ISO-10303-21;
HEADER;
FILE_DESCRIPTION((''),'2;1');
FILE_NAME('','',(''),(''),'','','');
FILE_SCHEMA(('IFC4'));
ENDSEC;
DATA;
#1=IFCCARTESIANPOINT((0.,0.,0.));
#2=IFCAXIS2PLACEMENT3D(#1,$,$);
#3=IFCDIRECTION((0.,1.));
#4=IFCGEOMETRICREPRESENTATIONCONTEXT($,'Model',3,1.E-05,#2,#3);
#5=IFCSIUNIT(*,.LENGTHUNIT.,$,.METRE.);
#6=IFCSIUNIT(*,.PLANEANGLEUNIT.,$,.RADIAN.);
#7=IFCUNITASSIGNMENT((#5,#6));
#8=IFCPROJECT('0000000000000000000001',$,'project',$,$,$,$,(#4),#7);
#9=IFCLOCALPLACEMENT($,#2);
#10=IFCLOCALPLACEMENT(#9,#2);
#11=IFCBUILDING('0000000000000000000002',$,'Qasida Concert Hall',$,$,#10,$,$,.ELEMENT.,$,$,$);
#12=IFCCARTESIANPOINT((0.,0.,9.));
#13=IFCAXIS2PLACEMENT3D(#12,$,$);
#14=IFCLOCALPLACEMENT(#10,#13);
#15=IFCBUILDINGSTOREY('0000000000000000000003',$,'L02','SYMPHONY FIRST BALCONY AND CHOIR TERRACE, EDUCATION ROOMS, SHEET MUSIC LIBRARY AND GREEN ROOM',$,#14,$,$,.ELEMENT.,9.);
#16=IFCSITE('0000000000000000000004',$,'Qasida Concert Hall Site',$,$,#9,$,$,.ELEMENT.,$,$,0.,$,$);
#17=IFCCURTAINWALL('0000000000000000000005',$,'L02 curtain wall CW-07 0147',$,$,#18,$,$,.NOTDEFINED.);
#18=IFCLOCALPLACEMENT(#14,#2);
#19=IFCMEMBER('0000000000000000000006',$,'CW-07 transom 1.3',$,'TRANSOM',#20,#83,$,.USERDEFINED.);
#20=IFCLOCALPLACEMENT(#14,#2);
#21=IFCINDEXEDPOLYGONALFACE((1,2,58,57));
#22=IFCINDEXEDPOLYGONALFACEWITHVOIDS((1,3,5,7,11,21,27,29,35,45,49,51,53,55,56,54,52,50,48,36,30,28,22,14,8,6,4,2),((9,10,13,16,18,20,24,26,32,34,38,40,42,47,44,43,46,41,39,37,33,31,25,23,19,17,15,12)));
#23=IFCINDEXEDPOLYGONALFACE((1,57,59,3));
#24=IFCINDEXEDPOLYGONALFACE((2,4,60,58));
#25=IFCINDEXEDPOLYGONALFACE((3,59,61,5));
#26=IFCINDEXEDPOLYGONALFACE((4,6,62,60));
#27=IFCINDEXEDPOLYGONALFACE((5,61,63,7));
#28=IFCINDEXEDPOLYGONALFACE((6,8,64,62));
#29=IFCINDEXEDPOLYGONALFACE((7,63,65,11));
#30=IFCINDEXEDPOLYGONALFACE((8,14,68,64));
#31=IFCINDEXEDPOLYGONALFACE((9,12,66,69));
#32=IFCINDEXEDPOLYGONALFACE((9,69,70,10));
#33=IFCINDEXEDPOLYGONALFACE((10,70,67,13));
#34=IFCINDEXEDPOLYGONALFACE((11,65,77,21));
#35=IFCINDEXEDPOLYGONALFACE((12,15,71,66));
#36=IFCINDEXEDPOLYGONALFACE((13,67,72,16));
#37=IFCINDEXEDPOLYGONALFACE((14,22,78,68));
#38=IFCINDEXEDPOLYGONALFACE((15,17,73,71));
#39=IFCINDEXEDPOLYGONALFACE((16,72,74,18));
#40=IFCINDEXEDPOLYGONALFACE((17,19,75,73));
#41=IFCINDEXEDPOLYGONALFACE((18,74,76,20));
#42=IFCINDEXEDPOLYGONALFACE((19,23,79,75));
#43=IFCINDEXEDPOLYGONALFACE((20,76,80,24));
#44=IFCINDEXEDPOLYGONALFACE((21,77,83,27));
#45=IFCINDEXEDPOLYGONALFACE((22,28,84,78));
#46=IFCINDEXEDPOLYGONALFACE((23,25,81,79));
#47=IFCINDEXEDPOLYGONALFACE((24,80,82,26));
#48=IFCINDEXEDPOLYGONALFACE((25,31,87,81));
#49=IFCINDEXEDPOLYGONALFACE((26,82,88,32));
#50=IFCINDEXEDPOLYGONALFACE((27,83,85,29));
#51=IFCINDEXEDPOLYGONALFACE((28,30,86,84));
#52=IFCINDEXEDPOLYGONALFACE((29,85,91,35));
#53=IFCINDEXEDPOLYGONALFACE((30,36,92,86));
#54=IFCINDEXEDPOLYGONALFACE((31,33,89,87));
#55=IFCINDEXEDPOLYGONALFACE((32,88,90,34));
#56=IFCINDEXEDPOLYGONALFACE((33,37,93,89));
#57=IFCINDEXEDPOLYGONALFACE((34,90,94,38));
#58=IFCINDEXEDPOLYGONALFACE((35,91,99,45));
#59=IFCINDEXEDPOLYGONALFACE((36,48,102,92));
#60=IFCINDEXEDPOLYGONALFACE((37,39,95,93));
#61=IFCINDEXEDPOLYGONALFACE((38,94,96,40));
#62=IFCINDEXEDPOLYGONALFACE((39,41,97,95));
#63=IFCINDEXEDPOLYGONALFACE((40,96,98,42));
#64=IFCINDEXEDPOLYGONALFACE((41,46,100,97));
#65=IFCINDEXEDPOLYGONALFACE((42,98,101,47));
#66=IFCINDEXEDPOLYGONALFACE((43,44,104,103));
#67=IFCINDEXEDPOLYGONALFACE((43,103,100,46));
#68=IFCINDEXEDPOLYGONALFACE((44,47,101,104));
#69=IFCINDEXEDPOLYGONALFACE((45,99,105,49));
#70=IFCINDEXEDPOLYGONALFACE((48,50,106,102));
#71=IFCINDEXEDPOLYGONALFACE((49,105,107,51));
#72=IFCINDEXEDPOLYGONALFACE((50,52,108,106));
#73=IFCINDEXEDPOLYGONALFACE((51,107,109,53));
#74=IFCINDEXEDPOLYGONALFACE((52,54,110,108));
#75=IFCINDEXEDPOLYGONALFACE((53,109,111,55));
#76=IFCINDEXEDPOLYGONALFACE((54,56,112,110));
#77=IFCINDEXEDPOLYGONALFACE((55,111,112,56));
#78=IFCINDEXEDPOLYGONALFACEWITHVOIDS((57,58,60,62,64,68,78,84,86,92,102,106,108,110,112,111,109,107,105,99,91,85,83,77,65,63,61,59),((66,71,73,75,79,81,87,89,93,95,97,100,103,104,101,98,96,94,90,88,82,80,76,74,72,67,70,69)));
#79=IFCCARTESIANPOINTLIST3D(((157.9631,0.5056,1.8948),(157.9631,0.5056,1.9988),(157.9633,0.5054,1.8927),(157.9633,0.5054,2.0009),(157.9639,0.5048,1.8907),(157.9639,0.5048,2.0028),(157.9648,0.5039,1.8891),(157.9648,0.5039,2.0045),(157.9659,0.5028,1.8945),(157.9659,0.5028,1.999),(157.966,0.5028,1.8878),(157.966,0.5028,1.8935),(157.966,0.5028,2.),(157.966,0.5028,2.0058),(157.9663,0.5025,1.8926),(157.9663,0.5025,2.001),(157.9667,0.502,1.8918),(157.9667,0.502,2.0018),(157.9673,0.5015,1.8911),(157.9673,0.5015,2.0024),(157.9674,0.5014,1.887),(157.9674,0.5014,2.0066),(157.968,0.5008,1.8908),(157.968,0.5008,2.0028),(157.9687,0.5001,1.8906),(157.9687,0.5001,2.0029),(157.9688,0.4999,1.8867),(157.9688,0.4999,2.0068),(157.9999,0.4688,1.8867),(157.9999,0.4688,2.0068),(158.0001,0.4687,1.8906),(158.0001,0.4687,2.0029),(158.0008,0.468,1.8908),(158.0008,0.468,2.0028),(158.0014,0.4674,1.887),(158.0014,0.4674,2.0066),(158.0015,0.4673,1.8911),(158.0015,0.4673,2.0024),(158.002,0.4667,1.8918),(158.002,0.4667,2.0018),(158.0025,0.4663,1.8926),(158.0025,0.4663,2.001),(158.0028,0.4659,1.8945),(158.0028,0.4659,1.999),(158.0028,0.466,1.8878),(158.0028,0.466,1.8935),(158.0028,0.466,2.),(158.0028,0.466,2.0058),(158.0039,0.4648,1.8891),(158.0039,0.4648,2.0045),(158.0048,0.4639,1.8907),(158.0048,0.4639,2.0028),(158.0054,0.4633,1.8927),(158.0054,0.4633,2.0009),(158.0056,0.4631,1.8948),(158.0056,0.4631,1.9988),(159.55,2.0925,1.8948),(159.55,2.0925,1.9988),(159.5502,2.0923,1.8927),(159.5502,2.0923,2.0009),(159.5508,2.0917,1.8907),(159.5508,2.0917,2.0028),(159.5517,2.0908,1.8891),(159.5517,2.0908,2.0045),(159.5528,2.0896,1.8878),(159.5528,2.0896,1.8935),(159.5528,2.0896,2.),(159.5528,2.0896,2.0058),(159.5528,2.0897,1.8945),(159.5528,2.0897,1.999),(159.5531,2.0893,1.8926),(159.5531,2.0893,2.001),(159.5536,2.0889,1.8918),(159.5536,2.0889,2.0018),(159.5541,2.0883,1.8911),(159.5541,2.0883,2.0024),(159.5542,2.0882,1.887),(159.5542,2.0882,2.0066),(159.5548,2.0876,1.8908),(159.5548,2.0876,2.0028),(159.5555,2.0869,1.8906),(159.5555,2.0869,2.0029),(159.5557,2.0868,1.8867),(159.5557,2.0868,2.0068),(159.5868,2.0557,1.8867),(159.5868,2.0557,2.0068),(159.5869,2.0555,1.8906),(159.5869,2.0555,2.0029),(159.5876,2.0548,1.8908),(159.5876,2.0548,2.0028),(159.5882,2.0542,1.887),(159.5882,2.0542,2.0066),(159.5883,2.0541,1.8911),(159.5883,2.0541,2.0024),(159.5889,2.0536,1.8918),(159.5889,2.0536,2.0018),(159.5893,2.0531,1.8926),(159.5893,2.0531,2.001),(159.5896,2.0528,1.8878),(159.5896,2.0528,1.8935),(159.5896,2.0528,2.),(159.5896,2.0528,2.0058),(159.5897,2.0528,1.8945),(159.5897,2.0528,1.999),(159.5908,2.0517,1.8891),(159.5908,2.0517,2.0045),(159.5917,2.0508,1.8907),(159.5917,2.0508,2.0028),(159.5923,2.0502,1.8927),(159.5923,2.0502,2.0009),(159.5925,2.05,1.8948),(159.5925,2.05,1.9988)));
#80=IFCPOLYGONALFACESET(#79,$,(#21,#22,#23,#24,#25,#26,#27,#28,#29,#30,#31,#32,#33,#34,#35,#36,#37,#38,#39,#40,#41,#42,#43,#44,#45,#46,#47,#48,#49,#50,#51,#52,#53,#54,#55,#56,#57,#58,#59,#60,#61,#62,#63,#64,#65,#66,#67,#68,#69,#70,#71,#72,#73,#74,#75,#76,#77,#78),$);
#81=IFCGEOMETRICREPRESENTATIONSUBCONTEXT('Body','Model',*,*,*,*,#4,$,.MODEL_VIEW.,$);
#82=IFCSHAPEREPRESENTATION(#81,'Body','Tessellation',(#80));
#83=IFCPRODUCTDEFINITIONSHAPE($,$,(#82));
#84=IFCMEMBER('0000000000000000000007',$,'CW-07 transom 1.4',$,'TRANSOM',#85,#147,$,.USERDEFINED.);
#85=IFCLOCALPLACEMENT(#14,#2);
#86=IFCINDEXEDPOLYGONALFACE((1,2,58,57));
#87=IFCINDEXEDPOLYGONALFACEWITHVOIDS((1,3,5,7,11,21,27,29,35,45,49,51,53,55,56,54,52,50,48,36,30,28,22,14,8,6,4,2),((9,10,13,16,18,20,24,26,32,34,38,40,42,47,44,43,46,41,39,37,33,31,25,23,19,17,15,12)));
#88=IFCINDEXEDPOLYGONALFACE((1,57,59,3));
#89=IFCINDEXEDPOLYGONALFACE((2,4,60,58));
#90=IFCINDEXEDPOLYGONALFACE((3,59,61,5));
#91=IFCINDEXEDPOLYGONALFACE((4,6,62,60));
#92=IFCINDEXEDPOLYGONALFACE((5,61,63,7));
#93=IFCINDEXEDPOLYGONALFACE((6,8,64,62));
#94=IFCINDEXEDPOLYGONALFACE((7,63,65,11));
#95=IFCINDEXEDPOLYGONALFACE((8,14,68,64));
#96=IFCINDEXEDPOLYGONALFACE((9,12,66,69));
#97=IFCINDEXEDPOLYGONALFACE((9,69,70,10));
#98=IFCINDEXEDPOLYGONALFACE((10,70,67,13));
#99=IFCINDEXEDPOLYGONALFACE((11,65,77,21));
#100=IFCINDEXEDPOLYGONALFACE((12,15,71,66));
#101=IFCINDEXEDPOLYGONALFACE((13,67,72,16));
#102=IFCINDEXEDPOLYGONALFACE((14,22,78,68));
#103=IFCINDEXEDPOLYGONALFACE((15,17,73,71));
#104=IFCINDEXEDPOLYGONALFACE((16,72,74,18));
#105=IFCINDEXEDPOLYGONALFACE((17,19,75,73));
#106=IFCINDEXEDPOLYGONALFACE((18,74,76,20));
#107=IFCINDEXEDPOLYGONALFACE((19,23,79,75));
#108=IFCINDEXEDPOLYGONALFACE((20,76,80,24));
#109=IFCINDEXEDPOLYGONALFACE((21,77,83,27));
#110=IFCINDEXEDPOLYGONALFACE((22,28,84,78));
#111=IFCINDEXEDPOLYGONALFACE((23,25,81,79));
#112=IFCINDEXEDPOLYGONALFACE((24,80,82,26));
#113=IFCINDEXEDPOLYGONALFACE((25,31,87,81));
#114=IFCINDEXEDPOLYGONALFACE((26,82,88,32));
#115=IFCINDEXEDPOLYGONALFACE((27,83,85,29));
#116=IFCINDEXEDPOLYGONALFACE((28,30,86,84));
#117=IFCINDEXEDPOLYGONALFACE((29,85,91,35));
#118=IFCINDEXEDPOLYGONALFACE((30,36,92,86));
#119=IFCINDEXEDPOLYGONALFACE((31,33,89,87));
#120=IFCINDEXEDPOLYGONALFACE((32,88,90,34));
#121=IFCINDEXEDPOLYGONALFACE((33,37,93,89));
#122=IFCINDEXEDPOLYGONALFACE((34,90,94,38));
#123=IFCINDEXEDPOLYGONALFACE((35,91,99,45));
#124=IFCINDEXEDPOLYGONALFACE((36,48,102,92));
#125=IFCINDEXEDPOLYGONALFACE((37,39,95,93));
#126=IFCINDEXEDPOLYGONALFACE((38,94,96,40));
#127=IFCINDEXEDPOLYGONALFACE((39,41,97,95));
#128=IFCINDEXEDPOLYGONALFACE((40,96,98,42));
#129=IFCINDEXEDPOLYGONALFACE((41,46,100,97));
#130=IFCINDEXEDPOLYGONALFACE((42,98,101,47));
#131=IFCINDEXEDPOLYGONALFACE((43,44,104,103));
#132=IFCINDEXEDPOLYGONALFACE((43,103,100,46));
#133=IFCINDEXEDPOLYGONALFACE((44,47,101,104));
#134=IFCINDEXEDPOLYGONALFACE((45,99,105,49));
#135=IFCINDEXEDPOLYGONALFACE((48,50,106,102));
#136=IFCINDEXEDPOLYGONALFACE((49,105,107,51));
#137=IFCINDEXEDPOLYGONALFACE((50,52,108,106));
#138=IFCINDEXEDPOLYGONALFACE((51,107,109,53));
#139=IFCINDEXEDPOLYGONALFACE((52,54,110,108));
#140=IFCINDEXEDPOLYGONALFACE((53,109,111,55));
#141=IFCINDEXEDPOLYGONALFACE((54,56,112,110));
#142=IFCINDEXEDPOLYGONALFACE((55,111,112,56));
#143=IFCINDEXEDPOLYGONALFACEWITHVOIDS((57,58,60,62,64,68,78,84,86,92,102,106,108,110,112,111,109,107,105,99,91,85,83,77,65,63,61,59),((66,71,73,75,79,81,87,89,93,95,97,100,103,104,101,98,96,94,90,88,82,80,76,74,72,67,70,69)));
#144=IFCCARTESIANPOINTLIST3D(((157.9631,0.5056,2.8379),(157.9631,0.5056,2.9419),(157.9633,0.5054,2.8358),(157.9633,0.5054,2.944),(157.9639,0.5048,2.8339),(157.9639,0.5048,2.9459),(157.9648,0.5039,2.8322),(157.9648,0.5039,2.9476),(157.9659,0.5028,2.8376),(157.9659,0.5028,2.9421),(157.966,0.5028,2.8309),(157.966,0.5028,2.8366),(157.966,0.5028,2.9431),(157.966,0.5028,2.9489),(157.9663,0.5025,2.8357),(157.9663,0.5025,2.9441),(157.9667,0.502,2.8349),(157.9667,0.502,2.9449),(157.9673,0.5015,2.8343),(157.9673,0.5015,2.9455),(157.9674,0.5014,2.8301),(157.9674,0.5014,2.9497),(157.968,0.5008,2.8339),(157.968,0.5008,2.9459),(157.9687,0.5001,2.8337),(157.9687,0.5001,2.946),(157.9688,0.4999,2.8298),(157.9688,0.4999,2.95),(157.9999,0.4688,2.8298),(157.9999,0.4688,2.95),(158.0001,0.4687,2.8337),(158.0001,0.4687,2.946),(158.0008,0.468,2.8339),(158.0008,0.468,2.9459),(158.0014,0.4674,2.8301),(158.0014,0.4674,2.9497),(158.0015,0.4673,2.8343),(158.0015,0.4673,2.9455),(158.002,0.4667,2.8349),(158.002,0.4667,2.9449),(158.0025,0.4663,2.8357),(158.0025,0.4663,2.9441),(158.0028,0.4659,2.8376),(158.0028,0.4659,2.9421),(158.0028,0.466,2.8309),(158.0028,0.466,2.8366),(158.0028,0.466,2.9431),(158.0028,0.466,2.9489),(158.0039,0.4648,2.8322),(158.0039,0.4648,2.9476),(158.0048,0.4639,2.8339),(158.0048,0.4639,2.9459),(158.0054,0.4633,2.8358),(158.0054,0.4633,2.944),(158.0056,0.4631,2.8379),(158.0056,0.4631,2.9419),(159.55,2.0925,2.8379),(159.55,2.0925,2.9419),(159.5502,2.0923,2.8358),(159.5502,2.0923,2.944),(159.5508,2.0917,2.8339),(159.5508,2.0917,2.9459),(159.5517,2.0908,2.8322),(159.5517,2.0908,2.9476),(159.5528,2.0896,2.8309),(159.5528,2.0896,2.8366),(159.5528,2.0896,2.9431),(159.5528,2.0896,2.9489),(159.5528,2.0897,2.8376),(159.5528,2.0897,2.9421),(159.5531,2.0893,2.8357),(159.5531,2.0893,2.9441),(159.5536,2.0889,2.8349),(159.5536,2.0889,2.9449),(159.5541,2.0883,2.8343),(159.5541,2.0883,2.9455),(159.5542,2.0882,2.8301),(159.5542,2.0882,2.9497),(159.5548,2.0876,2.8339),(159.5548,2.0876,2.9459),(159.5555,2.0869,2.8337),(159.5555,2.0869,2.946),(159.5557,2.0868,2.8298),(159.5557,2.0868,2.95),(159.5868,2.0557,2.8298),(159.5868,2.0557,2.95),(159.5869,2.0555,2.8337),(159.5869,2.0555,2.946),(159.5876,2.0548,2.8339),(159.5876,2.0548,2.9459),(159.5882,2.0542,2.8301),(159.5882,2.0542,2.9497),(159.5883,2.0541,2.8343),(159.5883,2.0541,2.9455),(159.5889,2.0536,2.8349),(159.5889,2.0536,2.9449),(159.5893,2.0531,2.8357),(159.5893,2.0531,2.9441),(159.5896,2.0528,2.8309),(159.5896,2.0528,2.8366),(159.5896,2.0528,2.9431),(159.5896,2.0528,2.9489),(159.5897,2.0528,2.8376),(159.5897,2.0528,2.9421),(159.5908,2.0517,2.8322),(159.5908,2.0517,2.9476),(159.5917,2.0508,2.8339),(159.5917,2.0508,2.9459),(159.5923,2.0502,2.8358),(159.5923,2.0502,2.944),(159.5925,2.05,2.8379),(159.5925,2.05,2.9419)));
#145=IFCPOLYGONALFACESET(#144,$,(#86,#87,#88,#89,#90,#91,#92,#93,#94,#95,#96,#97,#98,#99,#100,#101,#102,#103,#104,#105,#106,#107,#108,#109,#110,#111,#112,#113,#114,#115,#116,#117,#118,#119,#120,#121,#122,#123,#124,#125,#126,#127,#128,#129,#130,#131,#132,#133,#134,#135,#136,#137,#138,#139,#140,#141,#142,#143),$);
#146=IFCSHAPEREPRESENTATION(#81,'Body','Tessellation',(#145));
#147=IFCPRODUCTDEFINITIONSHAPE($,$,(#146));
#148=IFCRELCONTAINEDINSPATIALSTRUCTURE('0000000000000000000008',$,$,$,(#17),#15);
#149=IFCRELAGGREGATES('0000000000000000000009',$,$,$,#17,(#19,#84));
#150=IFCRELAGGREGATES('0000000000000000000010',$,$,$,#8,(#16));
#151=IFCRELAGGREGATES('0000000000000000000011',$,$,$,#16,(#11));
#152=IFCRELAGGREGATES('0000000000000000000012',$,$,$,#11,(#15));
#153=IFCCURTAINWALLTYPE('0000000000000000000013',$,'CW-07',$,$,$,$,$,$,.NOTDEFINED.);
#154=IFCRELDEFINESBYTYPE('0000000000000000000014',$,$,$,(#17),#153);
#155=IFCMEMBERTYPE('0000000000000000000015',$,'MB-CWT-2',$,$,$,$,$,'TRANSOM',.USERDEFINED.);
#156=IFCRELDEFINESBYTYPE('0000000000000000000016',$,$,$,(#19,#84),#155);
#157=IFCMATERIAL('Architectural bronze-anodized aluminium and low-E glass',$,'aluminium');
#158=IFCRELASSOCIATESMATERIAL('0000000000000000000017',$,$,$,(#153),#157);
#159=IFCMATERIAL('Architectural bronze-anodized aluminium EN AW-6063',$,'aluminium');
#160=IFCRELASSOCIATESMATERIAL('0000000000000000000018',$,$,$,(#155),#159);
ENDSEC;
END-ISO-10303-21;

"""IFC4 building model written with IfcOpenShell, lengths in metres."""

from ifc_helpers import new_model, si_unit, direction, frame, origin, origin_2d, place, context, subcontext, project, spatial, hollow_rectangle, extrude, material, material_profile, profile_set, type_object, element, aggregate, save


model = new_model("IFC4")

# Units and contexts
model_context = context("Model", 3, precision=1e-05, world=origin(), true_north=direction((0.0, 1.0)))
body_context = subcontext(model_context, "Body", "Model", "MODEL_VIEW")
ifc_project = project(units=[si_unit("LENGTHUNIT", "METRE"), si_unit("PLANEANGLEUNIT", "RADIAN")], contexts=[model_context])

# Site, building, storey
site_placement = place(None, origin())
site = spatial("IfcSite", under=ifc_project, at=site_placement, Name="Qasida Concert Hall Site", CompositionType="ELEMENT", RefElevation=0.0)
building_placement = place(site_placement, origin())
building = spatial("IfcBuilding", under=site, at=building_placement, Name="Qasida Concert Hall", CompositionType="ELEMENT")
storey_placement = place(building_placement, frame((0.0, 0.0, 9.0)))
storey = spatial("IfcBuildingStorey", under=building, at=storey_placement, Name="L02", Description="SYMPHONY FIRST BALCONY AND CHOIR TERRACE, EDUCATION ROOMS, SHEET MUSIC LIBRARY AND GREEN ROOM", CompositionType="ELEMENT", Elevation=9.0)

# Curtain wall, members
ifc_material_1 = material(Name="Architectural bronze-anodized aluminium and low-E glass", Category="aluminium")
curtain_wall_type = type_object("IfcCurtainWallType", Name="CW-07", PredefinedType="NOTDEFINED", material=ifc_material_1)
curtain_wall_placement = place(storey_placement, origin())
curtain_wall = element("IfcCurtainWall", 1, at=curtain_wall_placement, inside=storey, type_object=curtain_wall_type, Name="L02 curtain wall CW-07 0147", PredefinedType="NOTDEFINED")
ifc_material_2 = material(Name="Architectural bronze-anodized aluminium EN AW-6063", Category="aluminium")
ifc_material_profile_1 = material_profile(ifc_material_2, hollow_rectangle(XDim=0.0601, YDim=0.1201, WallThickness=0.0039, InnerFilletRadius=0.0039, OuterFilletRadius=0.0081, at=origin_2d()), Name="CWT 120x60x4")
ifc_profile_set_1 = profile_set([ifc_material_profile_1], Name="Architectural bronze-anodized aluminium EN AW-6063")
member_type_1 = type_object("IfcMemberType", Name="MB-CWT-2", ElementType="TRANSOM", PredefinedType="USERDEFINED", material=ifc_profile_set_1)
member_1_placement = place(storey_placement, frame((157.9844, 0.4844, 1.9468), z_axis=(0.707107, 0.707107, 0.0), x_axis=(-0.707107, 0.707107, 0.0)))
member_1 = element("IfcMember", 2, at=member_1_placement, type_object=member_type_1, Name="CW-07 transom 1.3", ObjectType="TRANSOM", PredefinedType="USERDEFINED", context=body_context, shape_type="SweptSolid", body=[
    extrude(hollow_rectangle(XDim=0.0601, YDim=0.1201, WallThickness=0.0039, InnerFilletRadius=0.0039, OuterFilletRadius=0.0081, at=origin_2d()), origin(), (0.0, 0.0, 1.0), 2.2441),
])
member_2_placement = place(storey_placement, frame((157.9844, 0.4844, 2.8899), z_axis=(0.707107, 0.707107, 0.0), x_axis=(-0.707107, 0.707107, 0.0)))
member_2 = element("IfcMember", 3, at=member_2_placement, type_object=member_type_1, Name="CW-07 transom 1.4", ObjectType="TRANSOM", PredefinedType="USERDEFINED", context=body_context, shape_type="SweptSolid", body=[
    extrude(hollow_rectangle(XDim=0.0601, YDim=0.1201, WallThickness=0.0039, InnerFilletRadius=0.0039, OuterFilletRadius=0.0081, at=origin_2d()), origin(), (0.0, 0.0, 1.0), 2.2441),
])
aggregate(curtain_wall, [member_1, member_2])

save(model, "model.ifc")
